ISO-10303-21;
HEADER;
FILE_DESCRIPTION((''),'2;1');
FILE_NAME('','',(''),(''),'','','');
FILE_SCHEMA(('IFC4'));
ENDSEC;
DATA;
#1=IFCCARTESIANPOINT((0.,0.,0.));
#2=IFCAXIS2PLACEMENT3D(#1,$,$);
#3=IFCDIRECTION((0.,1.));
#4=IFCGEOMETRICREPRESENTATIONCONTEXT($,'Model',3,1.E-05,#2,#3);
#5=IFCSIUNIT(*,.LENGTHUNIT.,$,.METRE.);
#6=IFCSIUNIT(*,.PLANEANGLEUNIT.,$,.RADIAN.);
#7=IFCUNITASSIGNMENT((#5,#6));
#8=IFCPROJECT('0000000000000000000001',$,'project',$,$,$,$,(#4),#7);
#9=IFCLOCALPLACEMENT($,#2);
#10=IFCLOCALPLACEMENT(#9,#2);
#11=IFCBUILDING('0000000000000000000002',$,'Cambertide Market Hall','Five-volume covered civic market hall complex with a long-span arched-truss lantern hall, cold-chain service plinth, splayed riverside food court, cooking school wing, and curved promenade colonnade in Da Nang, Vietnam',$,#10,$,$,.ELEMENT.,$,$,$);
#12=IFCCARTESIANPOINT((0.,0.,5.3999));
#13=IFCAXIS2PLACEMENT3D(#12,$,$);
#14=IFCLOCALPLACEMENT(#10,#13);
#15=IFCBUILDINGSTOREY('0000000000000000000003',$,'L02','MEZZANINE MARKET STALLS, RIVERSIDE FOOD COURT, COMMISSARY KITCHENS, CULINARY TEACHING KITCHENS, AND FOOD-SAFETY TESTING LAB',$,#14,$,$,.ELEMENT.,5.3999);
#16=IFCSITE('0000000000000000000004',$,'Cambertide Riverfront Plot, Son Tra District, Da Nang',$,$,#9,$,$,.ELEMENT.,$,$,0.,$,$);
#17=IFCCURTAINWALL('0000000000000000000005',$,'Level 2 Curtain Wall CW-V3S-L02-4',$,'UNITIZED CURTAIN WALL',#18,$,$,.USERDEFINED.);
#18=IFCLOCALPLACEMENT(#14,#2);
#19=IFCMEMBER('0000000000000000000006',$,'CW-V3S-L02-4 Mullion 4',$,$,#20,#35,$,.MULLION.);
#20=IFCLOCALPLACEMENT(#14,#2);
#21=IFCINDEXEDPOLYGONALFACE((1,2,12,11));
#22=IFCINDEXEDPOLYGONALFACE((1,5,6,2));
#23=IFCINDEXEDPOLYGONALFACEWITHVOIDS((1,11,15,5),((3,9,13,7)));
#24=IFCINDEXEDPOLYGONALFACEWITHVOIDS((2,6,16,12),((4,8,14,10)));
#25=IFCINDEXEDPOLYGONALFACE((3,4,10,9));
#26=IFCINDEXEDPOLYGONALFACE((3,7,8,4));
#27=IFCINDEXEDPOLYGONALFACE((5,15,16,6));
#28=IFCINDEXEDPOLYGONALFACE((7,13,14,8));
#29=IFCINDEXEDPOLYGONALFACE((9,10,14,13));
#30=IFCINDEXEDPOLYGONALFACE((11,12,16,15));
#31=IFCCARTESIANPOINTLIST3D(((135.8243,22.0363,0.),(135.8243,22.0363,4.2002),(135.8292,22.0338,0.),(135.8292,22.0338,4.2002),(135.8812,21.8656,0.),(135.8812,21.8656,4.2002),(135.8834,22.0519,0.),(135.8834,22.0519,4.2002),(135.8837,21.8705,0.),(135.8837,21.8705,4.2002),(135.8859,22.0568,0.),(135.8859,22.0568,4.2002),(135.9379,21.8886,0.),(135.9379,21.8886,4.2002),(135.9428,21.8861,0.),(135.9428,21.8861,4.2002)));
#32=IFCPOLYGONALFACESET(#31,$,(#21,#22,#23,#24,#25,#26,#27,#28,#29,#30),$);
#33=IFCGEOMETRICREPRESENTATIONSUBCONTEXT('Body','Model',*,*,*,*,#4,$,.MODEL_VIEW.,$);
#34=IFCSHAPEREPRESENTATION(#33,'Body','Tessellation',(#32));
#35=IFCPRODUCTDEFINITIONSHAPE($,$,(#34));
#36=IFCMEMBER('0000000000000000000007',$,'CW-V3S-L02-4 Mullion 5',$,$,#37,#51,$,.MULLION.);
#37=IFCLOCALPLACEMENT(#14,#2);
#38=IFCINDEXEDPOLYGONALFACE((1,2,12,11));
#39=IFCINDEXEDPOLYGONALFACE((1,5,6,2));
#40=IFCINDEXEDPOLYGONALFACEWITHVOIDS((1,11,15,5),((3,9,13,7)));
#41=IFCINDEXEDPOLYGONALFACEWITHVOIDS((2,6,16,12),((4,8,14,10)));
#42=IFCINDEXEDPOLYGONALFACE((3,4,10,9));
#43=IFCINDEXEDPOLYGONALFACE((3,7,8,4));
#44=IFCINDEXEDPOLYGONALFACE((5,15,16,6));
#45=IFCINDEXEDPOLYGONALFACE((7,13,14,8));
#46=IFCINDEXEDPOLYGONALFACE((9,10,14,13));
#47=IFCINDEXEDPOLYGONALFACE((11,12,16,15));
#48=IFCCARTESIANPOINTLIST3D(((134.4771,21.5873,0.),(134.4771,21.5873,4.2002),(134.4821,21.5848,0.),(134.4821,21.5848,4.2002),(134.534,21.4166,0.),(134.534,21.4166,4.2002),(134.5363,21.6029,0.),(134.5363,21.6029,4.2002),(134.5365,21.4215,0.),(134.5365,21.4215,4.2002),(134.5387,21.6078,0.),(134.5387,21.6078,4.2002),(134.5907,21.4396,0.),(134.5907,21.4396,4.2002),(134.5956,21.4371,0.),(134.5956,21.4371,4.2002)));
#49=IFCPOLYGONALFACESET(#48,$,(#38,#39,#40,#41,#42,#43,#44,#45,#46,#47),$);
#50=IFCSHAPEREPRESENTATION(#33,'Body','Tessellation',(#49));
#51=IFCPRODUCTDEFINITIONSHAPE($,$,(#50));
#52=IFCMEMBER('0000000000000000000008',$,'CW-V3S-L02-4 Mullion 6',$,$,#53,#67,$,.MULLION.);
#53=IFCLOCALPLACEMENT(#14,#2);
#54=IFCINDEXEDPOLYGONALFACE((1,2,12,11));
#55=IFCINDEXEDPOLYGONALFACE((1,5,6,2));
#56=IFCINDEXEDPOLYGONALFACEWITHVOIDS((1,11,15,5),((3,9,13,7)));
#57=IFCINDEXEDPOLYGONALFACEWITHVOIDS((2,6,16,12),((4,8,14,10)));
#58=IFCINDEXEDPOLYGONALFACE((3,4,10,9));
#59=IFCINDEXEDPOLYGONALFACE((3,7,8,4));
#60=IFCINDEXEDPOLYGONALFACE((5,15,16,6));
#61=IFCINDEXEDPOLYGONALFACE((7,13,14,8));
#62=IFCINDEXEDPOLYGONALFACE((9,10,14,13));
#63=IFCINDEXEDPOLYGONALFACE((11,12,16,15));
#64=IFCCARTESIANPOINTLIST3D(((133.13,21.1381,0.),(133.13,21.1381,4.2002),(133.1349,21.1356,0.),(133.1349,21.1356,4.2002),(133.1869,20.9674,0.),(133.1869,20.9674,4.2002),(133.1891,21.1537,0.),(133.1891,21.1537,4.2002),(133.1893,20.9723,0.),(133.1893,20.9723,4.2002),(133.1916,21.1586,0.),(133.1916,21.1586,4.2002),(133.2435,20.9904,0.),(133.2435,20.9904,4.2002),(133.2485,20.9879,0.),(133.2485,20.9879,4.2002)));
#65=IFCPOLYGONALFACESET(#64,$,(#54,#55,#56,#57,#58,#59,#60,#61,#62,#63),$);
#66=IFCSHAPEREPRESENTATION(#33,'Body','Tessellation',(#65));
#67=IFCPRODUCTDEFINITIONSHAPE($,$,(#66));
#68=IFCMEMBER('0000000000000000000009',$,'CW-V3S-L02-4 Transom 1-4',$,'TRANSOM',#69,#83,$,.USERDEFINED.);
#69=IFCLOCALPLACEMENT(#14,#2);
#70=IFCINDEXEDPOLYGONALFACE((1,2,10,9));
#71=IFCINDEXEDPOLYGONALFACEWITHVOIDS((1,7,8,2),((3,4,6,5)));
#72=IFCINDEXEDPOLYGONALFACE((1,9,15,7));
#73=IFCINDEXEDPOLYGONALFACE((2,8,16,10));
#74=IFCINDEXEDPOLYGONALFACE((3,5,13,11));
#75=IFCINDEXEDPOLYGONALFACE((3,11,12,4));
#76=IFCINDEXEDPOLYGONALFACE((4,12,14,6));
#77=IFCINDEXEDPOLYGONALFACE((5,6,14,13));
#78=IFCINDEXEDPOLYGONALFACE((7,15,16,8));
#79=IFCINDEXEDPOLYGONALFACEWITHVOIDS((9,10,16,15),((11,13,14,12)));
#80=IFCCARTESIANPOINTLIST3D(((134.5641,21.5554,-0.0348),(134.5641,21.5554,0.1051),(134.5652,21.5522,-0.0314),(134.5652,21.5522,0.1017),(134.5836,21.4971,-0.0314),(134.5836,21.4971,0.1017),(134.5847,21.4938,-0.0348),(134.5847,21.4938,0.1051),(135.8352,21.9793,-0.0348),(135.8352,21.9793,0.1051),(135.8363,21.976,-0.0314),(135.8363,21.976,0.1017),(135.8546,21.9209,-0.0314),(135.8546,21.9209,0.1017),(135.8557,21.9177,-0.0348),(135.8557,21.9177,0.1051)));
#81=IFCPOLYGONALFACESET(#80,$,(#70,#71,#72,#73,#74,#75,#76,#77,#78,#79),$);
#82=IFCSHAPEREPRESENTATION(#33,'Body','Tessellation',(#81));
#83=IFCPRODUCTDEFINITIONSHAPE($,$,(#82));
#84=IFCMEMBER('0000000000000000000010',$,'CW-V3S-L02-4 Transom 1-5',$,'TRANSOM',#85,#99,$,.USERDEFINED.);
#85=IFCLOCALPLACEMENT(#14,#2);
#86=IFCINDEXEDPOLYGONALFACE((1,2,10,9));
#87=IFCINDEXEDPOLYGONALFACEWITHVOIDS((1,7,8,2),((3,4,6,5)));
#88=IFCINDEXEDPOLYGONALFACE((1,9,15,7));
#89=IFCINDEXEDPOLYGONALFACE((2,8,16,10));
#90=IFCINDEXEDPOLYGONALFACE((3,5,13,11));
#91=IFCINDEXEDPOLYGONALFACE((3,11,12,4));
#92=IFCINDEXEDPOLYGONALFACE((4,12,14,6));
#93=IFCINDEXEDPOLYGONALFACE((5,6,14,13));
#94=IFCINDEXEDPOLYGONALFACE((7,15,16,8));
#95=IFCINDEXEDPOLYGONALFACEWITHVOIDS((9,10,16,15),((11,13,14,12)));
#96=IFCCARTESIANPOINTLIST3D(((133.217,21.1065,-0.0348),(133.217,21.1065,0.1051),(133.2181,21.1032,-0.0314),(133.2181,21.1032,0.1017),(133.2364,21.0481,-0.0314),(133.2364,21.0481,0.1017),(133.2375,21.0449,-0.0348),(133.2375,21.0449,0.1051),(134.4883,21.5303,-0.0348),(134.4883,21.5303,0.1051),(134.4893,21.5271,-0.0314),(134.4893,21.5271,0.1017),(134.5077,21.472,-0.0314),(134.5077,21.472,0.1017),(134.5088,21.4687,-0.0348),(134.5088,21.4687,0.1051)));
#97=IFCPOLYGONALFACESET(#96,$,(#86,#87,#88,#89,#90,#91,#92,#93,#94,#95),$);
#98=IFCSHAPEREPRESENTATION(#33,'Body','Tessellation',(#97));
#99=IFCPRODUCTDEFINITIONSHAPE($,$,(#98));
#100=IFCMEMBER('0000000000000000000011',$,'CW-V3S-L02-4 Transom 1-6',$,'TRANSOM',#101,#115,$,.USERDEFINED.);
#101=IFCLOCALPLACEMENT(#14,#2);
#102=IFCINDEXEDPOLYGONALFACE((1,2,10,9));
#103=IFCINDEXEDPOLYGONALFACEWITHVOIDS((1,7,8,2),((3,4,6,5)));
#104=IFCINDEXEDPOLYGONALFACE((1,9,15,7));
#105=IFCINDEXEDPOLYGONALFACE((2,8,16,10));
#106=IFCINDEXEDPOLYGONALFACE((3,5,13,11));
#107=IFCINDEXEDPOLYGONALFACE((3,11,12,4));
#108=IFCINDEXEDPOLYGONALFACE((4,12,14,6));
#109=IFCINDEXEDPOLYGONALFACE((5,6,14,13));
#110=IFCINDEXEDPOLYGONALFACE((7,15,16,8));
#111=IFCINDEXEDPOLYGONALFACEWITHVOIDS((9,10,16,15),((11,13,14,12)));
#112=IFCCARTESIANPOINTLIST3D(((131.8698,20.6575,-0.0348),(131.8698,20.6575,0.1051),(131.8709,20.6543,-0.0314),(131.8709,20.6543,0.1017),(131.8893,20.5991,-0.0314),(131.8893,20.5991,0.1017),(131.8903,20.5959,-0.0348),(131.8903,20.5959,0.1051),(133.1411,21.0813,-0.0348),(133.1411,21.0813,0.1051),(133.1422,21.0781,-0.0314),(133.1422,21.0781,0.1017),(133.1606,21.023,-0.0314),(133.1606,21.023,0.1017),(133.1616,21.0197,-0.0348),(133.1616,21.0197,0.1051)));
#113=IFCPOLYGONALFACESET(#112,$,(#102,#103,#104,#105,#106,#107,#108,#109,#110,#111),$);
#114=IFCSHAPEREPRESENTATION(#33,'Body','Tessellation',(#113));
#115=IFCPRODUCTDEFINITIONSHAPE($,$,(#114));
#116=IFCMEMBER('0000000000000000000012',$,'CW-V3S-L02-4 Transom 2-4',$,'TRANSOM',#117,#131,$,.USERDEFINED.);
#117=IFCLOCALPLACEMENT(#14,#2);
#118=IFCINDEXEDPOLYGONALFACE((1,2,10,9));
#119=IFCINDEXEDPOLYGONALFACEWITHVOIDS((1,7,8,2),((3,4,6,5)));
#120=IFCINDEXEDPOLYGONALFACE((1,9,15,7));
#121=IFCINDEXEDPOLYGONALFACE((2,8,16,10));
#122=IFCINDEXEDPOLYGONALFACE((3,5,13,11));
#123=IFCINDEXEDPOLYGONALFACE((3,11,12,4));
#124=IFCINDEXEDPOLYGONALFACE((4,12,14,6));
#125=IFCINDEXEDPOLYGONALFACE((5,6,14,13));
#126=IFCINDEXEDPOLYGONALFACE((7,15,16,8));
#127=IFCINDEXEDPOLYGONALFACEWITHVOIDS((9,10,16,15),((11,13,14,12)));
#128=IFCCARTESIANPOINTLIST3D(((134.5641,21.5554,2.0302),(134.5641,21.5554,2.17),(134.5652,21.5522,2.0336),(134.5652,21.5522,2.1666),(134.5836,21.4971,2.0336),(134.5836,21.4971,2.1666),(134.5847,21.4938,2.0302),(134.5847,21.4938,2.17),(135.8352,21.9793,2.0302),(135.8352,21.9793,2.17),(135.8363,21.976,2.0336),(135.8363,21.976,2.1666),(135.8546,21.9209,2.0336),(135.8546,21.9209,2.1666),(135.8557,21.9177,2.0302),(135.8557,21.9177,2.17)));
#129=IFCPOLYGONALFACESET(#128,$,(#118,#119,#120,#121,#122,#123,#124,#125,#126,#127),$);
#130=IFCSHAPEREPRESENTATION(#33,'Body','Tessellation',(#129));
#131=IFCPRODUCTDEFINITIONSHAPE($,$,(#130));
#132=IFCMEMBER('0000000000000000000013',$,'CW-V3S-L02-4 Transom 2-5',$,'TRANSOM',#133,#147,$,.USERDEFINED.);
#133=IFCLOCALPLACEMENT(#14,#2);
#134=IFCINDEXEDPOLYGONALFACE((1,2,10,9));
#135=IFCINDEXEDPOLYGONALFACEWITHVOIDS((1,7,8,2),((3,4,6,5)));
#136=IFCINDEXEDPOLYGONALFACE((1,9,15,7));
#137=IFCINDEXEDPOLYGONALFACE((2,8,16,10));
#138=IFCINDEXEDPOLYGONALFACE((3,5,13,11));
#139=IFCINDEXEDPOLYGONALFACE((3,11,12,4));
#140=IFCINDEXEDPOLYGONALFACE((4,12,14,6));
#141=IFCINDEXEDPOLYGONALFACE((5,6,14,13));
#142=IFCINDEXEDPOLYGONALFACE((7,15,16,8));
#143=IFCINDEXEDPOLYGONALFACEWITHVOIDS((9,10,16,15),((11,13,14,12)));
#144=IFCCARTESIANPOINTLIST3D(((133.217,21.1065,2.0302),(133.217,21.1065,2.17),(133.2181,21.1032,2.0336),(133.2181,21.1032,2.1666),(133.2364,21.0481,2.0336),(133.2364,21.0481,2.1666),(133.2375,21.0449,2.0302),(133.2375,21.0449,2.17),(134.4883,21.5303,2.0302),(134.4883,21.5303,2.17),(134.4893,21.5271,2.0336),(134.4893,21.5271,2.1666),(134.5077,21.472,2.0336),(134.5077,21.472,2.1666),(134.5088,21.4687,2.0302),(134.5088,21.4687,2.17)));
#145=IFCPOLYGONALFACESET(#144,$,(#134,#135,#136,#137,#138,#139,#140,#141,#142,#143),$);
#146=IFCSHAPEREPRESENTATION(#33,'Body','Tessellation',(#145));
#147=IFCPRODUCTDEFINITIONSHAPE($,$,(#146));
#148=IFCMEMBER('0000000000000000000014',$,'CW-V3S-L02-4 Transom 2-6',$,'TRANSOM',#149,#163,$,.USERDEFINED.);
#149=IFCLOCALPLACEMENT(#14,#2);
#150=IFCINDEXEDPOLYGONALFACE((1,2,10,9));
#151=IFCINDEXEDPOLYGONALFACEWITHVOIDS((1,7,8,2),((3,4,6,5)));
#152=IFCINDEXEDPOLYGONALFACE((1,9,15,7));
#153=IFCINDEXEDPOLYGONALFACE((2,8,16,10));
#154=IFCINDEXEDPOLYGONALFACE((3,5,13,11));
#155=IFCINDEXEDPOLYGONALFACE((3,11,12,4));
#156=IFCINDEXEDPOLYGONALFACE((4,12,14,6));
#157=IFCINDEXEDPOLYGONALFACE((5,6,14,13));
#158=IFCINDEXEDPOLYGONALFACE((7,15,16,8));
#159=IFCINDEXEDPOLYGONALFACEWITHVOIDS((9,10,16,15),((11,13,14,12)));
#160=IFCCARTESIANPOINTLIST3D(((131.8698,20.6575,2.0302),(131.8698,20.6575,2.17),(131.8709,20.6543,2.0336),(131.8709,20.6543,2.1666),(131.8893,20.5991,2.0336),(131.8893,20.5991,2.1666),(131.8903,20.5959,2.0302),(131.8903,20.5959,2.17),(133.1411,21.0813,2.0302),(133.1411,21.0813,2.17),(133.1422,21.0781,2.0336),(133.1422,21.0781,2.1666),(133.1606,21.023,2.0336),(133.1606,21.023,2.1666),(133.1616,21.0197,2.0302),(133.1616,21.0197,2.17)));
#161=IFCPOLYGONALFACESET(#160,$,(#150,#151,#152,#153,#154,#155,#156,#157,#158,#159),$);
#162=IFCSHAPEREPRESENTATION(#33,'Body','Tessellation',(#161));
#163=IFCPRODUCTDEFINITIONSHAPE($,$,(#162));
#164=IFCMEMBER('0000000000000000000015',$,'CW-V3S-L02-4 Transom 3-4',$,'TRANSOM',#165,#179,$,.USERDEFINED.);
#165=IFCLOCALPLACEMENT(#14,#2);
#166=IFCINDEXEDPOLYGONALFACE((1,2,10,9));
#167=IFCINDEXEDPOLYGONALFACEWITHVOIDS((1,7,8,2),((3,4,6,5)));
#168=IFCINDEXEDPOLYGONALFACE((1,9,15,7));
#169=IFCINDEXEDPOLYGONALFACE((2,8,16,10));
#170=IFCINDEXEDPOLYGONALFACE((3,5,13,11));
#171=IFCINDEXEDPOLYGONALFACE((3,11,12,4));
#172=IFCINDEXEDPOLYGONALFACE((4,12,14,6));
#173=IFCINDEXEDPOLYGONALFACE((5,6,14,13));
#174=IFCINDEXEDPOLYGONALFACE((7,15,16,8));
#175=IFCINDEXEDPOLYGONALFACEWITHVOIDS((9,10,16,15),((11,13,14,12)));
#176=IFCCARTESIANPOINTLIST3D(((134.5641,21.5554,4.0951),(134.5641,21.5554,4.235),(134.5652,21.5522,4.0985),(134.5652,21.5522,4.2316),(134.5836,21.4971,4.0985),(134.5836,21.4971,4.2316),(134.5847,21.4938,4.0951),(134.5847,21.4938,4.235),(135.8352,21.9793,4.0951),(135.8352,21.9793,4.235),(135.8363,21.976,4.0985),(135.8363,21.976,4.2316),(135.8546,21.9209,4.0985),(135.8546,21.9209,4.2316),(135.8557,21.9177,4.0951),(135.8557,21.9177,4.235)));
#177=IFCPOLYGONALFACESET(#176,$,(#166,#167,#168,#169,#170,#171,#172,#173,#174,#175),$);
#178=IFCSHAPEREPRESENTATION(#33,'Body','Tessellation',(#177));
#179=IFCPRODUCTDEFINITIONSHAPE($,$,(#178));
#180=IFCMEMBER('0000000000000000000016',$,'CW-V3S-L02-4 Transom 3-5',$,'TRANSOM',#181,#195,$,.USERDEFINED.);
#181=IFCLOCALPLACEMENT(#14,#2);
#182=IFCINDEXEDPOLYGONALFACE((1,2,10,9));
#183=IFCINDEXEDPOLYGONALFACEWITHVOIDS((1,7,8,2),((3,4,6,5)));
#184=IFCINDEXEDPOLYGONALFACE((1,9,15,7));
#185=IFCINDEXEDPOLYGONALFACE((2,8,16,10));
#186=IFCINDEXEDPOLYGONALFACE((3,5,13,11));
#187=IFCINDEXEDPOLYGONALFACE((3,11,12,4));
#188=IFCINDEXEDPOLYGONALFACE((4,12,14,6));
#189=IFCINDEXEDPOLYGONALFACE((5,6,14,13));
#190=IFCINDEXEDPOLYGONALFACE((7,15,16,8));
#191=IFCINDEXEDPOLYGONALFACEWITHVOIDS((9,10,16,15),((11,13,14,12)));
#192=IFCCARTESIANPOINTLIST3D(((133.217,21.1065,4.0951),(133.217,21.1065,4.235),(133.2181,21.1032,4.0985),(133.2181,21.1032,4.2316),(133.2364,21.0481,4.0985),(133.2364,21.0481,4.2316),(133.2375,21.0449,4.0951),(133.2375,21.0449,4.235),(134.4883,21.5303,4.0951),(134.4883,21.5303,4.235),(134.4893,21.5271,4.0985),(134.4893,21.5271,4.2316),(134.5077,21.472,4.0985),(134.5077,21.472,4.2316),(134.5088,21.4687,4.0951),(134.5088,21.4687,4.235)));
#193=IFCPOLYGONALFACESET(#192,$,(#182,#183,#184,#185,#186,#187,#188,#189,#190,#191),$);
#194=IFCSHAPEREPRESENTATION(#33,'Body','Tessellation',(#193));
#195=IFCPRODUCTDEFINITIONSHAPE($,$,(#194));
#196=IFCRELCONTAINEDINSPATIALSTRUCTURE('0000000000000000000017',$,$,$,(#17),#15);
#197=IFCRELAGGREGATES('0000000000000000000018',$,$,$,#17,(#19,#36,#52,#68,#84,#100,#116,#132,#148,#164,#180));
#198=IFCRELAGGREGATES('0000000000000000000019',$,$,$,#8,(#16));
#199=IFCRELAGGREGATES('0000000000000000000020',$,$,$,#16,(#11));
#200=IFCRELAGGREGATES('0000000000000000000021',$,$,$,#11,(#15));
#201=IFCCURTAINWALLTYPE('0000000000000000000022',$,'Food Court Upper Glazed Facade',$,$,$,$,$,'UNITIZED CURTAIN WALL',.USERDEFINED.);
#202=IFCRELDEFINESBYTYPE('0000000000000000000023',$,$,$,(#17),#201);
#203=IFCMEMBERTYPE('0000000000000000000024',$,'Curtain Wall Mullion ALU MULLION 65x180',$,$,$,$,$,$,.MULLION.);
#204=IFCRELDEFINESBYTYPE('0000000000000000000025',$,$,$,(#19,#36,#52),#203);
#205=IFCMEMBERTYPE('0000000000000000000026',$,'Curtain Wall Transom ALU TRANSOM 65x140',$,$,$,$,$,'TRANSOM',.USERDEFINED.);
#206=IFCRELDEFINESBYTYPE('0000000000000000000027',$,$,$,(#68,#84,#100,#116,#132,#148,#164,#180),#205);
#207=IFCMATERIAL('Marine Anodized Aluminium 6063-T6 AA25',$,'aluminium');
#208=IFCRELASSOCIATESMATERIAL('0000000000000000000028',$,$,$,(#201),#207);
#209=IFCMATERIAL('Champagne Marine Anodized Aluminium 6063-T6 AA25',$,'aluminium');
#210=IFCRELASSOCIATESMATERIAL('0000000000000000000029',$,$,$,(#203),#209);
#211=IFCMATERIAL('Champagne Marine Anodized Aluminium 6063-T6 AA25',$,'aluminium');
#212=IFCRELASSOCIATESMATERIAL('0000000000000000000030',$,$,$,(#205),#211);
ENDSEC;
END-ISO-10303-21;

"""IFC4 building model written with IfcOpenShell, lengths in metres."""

from ifc_helpers import new_model, si_unit, direction, frame, origin, origin_2d, place, context, subcontext, project, spatial, hollow_rectangle, extrude, material, material_profile, profile_set, type_object, element, aggregate, save


model = new_model("IFC4")

# Units and contexts
model_context = context("Model", 3, precision=1e-05, world=origin(), true_north=direction((0.0, 1.0)))
body_context = subcontext(model_context, "Body", "Model", "MODEL_VIEW")
ifc_project = project(units=[si_unit("LENGTHUNIT", "METRE"), si_unit("PLANEANGLEUNIT", "RADIAN")], contexts=[model_context])

# Site, building, storey
site_placement = place(None, origin())
site = spatial("IfcSite", under=ifc_project, at=site_placement, Name="Cambertide Riverfront Plot, Son Tra District, Da Nang", CompositionType="ELEMENT", RefElevation=0.0)
building_placement = place(site_placement, origin())
building = spatial("IfcBuilding", under=site, at=building_placement, Name="Cambertide Market Hall", Description="Five-volume covered civic market hall complex with a long-span arched-truss lantern hall, cold-chain service plinth, splayed riverside food court, cooking school wing, and curved promenade colonnade in Da Nang, Vietnam", CompositionType="ELEMENT")
storey_placement = place(building_placement, frame((0.0, 0.0, 5.3999)))
storey = spatial("IfcBuildingStorey", under=building, at=storey_placement, Name="L02", Description="MEZZANINE MARKET STALLS, RIVERSIDE FOOD COURT, COMMISSARY KITCHENS, CULINARY TEACHING KITCHENS, AND FOOD-SAFETY TESTING LAB", CompositionType="ELEMENT", Elevation=5.3999)

# Curtain wall, members
ifc_material_1 = material(Name="Marine Anodized Aluminium 6063-T6 AA25", Category="aluminium")
curtain_wall_type = type_object("IfcCurtainWallType", Name="Food Court Upper Glazed Facade", ElementType="UNITIZED CURTAIN WALL", PredefinedType="USERDEFINED", material=ifc_material_1)
curtain_wall_placement = place(storey_placement, origin())
curtain_wall = element("IfcCurtainWall", 1, at=curtain_wall_placement, inside=storey, type_object=curtain_wall_type, Name="Level 2 Curtain Wall CW-V3S-L02-4", ObjectType="UNITIZED CURTAIN WALL", PredefinedType="USERDEFINED")
ifc_material_2 = material(Name="Champagne Marine Anodized Aluminium 6063-T6 AA25", Category="aluminium")
ifc_material_profile_1 = material_profile(ifc_material_2, hollow_rectangle(XDim=0.0649, YDim=0.1799, WallThickness=0.0039, at=origin_2d()), Name="ALU MULLION 65x180")
ifc_profile_set_1 = profile_set([ifc_material_profile_1], Name="Champagne Marine Anodized Aluminium 6063-T6 AA25")
member_type_1 = type_object("IfcMemberType", Name="Curtain Wall Mullion ALU MULLION 65x180", PredefinedType="MULLION", material=ifc_profile_set_1)
member_1_placement = place(storey_placement, frame((135.8835, 21.9612, 0.0), z_axis=(0.0, 0.0, 1.0), x_axis=(-0.948683, -0.316228, 0.0)))
member_1 = element("IfcMember", 2, at=member_1_placement, type_object=member_type_1, Name="CW-V3S-L02-4 Mullion 4", PredefinedType="MULLION", context=body_context, shape_type="SweptSolid", body=[
    extrude(hollow_rectangle(XDim=0.0649, YDim=0.1799, WallThickness=0.0039, at=origin_2d()), origin(), (0.0, 0.0, 1.0), 4.2002),
])
member_2_placement = place(storey_placement, frame((134.5364, 21.5122, 0.0), z_axis=(0.0, 0.0, 1.0), x_axis=(-0.948683, -0.316228, 0.0)))
member_2 = element("IfcMember", 3, at=member_2_placement, type_object=member_type_1, Name="CW-V3S-L02-4 Mullion 5", PredefinedType="MULLION", context=body_context, shape_type="SweptSolid", body=[
    extrude(hollow_rectangle(XDim=0.0649, YDim=0.1799, WallThickness=0.0039, at=origin_2d()), origin(), (0.0, 0.0, 1.0), 4.2002),
])
member_3_placement = place(storey_placement, frame((133.1892, 21.063, 0.0), z_axis=(0.0, 0.0, 1.0), x_axis=(-0.948683, -0.316228, 0.0)))
member_3 = element("IfcMember", 4, at=member_3_placement, type_object=member_type_1, Name="CW-V3S-L02-4 Mullion 6", PredefinedType="MULLION", context=body_context, shape_type="SweptSolid", body=[
    extrude(hollow_rectangle(XDim=0.0649, YDim=0.1799, WallThickness=0.0039, at=origin_2d()), origin(), (0.0, 0.0, 1.0), 4.2002),
])
ifc_material_3 = material(Name="Champagne Marine Anodized Aluminium 6063-T6 AA25", Category="aluminium")
ifc_material_profile_2 = material_profile(ifc_material_3, hollow_rectangle(XDim=0.0649, YDim=0.1399, WallThickness=0.0034, at=origin_2d()), Name="ALU TRANSOM 65x140")
ifc_profile_set_2 = profile_set([ifc_material_profile_2], Name="Champagne Marine Anodized Aluminium 6063-T6 AA25")
member_type_2 = type_object("IfcMemberType", Name="Curtain Wall Transom ALU TRANSOM 65x140", ElementType="TRANSOM", PredefinedType="USERDEFINED", material=ifc_profile_set_2)
member_4_placement = place(storey_placement, frame((135.8455, 21.9485, 0.0352), z_axis=(-0.948647, -0.316337, 0.0), x_axis=(0.316337, -0.948647, 0.0)))
member_4 = element("IfcMember", 5, at=member_4_placement, type_object=member_type_2, Name="CW-V3S-L02-4 Transom 1-4", ObjectType="TRANSOM", PredefinedType="USERDEFINED", context=body_context, shape_type="SweptSolid", body=[
    extrude(hollow_rectangle(XDim=0.0649, YDim=0.1399, WallThickness=0.0034, at=origin_2d()), origin(), (0.0, 0.0, 1.0), 1.3398),
])
member_5_placement = place(storey_placement, frame((134.4985, 21.4995, 0.0352), z_axis=(-0.948665, -0.316282, 0.0), x_axis=(0.316282, -0.948665, 0.0)))
member_5 = element("IfcMember", 6, at=member_5_placement, type_object=member_type_2, Name="CW-V3S-L02-4 Transom 1-5", ObjectType="TRANSOM", PredefinedType="USERDEFINED", context=body_context, shape_type="SweptSolid", body=[
    extrude(hollow_rectangle(XDim=0.0649, YDim=0.1399, WallThickness=0.0034, at=origin_2d()), origin(), (0.0, 0.0, 1.0), 1.3401),
])
member_6_placement = place(storey_placement, frame((133.1514, 21.0505, 0.0352), z_axis=(-0.948665, -0.316282, 0.0), x_axis=(0.316282, -0.948665, 0.0)))
member_6 = element("IfcMember", 7, at=member_6_placement, type_object=member_type_2, Name="CW-V3S-L02-4 Transom 1-6", ObjectType="TRANSOM", PredefinedType="USERDEFINED", context=body_context, shape_type="SweptSolid", body=[
    extrude(hollow_rectangle(XDim=0.0649, YDim=0.1399, WallThickness=0.0034, at=origin_2d()), origin(), (0.0, 0.0, 1.0), 1.3401),
])
member_7_placement = place(storey_placement, frame((135.8455, 21.9485, 2.1001), z_axis=(-0.948647, -0.316337, 0.0), x_axis=(0.316337, -0.948647, 0.0)))
member_7 = element("IfcMember", 8, at=member_7_placement, type_object=member_type_2, Name="CW-V3S-L02-4 Transom 2-4", ObjectType="TRANSOM", PredefinedType="USERDEFINED", context=body_context, shape_type="SweptSolid", body=[
    extrude(hollow_rectangle(XDim=0.0649, YDim=0.1399, WallThickness=0.0034, at=origin_2d()), origin(), (0.0, 0.0, 1.0), 1.3398),
])
member_8_placement = place(storey_placement, frame((134.4985, 21.4995, 2.1001), z_axis=(-0.948665, -0.316282, 0.0), x_axis=(0.316282, -0.948665, 0.0)))
member_8 = element("IfcMember", 9, at=member_8_placement, type_object=member_type_2, Name="CW-V3S-L02-4 Transom 2-5", ObjectType="TRANSOM", PredefinedType="USERDEFINED", context=body_context, shape_type="SweptSolid", body=[
    extrude(hollow_rectangle(XDim=0.0649, YDim=0.1399, WallThickness=0.0034, at=origin_2d()), origin(), (0.0, 0.0, 1.0), 1.3401),
])
member_9_placement = place(storey_placement, frame((133.1514, 21.0505, 2.1001), z_axis=(-0.948665, -0.316282, 0.0), x_axis=(0.316282, -0.948665, 0.0)))
member_9 = element("IfcMember", 10, at=member_9_placement, type_object=member_type_2, Name="CW-V3S-L02-4 Transom 2-6", ObjectType="TRANSOM", PredefinedType="USERDEFINED", context=body_context, shape_type="SweptSolid", body=[
    extrude(hollow_rectangle(XDim=0.0649, YDim=0.1399, WallThickness=0.0034, at=origin_2d()), origin(), (0.0, 0.0, 1.0), 1.3401),
])
member_10_placement = place(storey_placement, frame((135.8455, 21.9485, 4.165), z_axis=(-0.948647, -0.316337, 0.0), x_axis=(0.316337, -0.948647, 0.0)))
member_10 = element("IfcMember", 11, at=member_10_placement, type_object=member_type_2, Name="CW-V3S-L02-4 Transom 3-4", ObjectType="TRANSOM", PredefinedType="USERDEFINED", context=body_context, shape_type="SweptSolid", body=[
    extrude(hollow_rectangle(XDim=0.0649, YDim=0.1399, WallThickness=0.0034, at=origin_2d()), origin(), (0.0, 0.0, 1.0), 1.3398),
])
member_11_placement = place(storey_placement, frame((134.4985, 21.4995, 4.165), z_axis=(-0.948665, -0.316282, 0.0), x_axis=(0.316282, -0.948665, 0.0)))
member_11 = element("IfcMember", 12, at=member_11_placement, type_object=member_type_2, Name="CW-V3S-L02-4 Transom 3-5", ObjectType="TRANSOM", PredefinedType="USERDEFINED", context=body_context, shape_type="SweptSolid", body=[
    extrude(hollow_rectangle(XDim=0.0649, YDim=0.1399, WallThickness=0.0034, at=origin_2d()), origin(), (0.0, 0.0, 1.0), 1.3401),
])

aggregate(curtain_wall, [member_1, member_2, member_3, member_4, member_5, member_6, member_7, member_8, member_9, member_10, member_11])

save(model, "model.ifc")
